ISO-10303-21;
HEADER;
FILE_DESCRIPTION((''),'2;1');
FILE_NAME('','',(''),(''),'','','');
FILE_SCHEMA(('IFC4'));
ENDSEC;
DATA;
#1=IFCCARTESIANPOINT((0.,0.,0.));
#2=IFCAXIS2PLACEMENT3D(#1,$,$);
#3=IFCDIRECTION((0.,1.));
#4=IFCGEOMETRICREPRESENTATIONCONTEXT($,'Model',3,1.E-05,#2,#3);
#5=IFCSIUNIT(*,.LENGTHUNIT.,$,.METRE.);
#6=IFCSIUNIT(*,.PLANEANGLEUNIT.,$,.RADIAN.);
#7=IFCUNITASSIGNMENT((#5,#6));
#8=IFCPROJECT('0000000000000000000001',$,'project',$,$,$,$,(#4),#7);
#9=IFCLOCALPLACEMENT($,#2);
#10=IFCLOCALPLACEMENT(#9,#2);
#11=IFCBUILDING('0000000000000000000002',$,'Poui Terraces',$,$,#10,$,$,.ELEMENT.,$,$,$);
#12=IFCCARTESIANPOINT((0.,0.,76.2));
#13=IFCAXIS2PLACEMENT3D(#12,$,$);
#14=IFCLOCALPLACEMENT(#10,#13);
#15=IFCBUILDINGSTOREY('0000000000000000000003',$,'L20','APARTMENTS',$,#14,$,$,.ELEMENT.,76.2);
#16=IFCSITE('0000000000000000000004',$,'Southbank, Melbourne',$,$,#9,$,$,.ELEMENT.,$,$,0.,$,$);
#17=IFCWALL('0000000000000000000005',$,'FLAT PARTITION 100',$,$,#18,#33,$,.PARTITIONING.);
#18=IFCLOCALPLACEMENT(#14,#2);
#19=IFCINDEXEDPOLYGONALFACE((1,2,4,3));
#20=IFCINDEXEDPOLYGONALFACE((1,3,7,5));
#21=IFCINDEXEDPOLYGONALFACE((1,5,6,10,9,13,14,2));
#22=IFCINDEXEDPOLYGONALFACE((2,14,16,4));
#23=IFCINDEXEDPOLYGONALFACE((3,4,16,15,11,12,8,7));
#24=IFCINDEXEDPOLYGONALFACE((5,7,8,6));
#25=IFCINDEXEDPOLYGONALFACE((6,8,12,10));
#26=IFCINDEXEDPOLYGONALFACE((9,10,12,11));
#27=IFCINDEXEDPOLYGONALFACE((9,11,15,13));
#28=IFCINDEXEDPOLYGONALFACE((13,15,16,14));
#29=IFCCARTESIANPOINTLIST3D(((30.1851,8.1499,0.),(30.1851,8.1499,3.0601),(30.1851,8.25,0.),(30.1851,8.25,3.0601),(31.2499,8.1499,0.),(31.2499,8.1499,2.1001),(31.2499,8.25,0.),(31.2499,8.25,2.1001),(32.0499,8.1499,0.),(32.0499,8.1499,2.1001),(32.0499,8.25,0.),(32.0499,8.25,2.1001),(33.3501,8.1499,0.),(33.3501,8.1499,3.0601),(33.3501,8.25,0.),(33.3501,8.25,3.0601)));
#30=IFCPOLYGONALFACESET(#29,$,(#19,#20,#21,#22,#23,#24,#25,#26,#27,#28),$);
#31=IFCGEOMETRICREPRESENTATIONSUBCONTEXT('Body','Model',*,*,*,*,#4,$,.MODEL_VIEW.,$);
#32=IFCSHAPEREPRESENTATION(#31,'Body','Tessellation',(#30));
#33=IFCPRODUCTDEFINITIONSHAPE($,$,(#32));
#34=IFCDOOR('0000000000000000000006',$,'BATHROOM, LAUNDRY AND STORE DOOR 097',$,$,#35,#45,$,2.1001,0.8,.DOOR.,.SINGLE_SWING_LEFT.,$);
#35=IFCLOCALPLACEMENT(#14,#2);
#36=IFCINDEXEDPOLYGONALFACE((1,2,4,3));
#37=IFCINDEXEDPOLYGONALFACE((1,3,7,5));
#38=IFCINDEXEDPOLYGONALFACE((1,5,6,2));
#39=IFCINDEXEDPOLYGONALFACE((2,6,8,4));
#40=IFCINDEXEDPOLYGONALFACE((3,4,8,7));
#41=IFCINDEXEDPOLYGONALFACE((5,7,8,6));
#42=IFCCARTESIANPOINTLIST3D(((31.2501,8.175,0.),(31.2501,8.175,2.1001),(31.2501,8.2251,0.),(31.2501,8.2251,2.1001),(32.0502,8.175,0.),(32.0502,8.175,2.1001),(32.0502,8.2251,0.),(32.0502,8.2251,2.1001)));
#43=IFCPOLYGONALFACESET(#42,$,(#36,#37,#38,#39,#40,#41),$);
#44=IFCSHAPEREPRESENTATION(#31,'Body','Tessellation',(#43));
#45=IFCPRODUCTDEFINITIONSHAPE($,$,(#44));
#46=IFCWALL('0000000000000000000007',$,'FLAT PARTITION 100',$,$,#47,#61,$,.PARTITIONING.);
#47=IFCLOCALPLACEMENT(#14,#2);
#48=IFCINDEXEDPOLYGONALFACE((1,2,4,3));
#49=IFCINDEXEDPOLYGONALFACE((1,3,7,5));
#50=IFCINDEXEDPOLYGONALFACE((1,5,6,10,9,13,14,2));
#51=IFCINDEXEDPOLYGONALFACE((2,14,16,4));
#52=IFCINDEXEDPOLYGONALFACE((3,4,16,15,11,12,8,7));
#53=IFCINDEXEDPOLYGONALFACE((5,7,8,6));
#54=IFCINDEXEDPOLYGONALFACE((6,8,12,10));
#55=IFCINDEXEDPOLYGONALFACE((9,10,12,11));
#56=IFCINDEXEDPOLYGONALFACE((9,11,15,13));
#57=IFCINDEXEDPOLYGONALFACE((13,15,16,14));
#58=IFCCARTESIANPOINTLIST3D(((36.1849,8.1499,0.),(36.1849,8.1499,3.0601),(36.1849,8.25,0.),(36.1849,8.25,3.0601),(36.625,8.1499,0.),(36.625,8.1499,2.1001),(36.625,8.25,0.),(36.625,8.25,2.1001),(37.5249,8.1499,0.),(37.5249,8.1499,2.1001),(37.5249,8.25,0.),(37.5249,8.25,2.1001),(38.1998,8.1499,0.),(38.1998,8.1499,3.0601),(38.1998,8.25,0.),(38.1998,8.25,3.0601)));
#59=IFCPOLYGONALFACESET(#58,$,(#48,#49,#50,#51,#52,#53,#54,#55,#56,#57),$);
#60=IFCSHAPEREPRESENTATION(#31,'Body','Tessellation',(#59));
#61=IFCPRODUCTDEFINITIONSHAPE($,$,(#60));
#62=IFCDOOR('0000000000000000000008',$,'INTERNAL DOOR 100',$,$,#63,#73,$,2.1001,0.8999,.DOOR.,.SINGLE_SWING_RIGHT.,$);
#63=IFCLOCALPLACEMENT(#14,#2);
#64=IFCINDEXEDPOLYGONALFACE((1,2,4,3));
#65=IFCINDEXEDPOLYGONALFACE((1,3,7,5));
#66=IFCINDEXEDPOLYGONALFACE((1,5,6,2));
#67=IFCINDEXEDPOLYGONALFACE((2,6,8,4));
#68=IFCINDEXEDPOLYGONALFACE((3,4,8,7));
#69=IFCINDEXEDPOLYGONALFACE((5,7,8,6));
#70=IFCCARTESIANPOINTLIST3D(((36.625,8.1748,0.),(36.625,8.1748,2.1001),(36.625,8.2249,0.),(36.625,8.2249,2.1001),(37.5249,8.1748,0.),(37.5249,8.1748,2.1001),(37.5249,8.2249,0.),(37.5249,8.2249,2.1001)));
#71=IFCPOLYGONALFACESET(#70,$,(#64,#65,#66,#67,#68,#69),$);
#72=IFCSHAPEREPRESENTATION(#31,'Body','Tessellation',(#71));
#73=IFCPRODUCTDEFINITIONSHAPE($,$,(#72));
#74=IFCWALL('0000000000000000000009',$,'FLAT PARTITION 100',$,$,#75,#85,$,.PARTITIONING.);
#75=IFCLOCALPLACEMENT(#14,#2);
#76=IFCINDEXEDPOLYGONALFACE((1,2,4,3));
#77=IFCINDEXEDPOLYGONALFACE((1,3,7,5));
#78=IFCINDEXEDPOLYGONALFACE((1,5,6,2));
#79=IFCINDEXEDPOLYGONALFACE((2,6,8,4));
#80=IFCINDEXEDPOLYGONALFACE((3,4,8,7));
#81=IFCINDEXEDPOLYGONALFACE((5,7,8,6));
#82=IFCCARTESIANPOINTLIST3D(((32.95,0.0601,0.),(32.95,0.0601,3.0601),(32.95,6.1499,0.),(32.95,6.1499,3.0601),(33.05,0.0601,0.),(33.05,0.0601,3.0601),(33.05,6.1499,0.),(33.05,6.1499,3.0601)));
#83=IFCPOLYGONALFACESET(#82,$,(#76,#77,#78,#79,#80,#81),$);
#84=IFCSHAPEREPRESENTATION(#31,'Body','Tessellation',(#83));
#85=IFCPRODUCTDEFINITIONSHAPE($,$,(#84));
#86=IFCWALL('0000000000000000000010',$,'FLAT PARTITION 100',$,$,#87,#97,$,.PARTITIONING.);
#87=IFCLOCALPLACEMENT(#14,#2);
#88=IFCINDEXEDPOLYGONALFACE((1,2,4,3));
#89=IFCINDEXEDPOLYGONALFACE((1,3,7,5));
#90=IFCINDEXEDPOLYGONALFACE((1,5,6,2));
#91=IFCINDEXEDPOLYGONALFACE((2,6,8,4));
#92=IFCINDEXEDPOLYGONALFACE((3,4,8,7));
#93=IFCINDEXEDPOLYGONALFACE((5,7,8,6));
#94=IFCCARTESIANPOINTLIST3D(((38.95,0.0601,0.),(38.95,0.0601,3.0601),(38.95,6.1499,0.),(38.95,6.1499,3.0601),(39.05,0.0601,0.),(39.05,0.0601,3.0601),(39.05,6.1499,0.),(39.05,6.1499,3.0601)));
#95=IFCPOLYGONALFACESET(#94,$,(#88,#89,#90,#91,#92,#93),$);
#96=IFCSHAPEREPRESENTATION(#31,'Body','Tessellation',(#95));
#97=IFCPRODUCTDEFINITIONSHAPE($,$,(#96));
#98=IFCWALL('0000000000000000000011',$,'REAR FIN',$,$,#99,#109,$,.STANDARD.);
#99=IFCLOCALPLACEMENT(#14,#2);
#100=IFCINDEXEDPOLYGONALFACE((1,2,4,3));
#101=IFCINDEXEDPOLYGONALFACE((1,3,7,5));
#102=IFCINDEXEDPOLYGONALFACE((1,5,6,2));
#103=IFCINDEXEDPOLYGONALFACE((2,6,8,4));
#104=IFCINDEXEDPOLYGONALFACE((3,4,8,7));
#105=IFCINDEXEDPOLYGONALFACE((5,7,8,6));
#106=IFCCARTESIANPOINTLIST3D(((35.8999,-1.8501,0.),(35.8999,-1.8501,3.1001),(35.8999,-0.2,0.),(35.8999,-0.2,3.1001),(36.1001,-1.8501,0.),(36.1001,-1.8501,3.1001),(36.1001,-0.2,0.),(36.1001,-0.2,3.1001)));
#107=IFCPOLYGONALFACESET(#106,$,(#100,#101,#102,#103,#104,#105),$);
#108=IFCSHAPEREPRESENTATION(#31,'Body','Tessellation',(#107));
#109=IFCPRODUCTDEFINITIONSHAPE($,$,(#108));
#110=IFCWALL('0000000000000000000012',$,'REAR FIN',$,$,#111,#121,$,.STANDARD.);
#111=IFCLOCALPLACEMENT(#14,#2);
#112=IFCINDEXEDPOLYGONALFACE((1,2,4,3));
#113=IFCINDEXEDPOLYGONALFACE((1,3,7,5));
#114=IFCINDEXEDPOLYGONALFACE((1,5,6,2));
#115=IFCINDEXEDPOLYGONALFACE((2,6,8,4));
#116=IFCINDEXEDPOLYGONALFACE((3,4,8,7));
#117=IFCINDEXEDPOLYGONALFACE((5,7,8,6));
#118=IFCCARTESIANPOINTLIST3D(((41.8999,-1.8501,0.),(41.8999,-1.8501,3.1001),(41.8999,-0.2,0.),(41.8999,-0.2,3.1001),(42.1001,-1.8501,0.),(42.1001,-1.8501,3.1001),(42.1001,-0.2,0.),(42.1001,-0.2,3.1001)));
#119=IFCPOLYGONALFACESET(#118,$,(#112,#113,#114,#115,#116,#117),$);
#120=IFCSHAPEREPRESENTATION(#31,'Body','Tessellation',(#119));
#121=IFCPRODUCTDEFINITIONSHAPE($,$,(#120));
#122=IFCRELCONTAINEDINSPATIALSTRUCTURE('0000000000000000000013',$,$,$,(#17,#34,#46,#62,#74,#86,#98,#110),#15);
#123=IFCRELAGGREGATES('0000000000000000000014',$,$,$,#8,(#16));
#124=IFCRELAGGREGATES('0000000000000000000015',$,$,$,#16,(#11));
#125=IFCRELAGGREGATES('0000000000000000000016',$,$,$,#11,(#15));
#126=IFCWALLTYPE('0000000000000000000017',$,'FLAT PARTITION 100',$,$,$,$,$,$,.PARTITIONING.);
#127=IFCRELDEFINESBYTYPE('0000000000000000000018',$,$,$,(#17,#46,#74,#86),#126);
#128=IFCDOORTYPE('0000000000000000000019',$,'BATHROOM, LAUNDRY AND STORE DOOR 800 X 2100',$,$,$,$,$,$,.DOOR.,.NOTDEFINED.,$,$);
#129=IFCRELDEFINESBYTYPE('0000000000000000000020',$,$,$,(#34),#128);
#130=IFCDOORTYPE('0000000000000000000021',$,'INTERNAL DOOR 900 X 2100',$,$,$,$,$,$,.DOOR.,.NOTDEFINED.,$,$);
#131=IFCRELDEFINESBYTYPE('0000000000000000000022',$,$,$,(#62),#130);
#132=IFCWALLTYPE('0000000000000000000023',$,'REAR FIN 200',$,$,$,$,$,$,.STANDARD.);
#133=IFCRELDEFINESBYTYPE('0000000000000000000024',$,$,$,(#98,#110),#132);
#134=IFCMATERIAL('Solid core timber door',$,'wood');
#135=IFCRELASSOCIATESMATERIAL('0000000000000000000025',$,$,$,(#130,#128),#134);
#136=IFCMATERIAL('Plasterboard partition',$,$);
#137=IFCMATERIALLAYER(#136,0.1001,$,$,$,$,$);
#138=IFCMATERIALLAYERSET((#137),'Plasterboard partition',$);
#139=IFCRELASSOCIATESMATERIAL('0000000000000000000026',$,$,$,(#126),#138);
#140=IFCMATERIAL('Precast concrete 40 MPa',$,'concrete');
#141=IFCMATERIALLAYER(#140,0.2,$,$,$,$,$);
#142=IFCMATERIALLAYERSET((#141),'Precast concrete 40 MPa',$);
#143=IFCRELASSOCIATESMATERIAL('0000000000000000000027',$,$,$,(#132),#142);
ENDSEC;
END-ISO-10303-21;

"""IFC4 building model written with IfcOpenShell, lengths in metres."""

from ifc_helpers import new_model, si_unit, direction, frame, frame_2d, origin, place, context, subcontext, project, spatial, polyline, rectangle, outline, extrude, source, transform, mapped, material, layer, layer_set, type_object, element, fill, save


model = new_model("IFC4")

# Units and contexts
model_context = context("Model", 3, precision=1e-05, world=origin(), true_north=direction((0.0, 1.0)))
body_context = subcontext(model_context, "Body", "Model", "MODEL_VIEW")
ifc_project = project(units=[si_unit("LENGTHUNIT", "METRE"), si_unit("PLANEANGLEUNIT", "RADIAN")], contexts=[model_context])

# Site, building, storey
site_placement = place(None, origin())
site = spatial("IfcSite", under=ifc_project, at=site_placement, Name="Southbank, Melbourne", CompositionType="ELEMENT", RefElevation=0.0)
building_placement = place(site_placement, origin())
building = spatial("IfcBuilding", under=site, at=building_placement, Name="Poui Terraces", CompositionType="ELEMENT")
storey_placement = place(building_placement, frame((0.0, 0.0, 76.2)))
storey = spatial("IfcBuildingStorey", under=building, at=storey_placement, Name="L20", Description="APARTMENTS", CompositionType="ELEMENT", Elevation=76.2)

# Shared definitions
ifc_material_1 = material(Name="Precast concrete 40 MPa", Category="concrete")

# Shared definitions
ifc_material_2 = material(Name="Solid core timber door", Category="wood")
door_type_1 = type_object("IfcDoorType", Name="INTERNAL DOOR 900 X 2100", OperationType="NOTDEFINED", PredefinedType="DOOR", material=ifc_material_2)

# Shared definitions
ifc_material_3 = material(Name="Plasterboard partition")
ifc_layer_1 = layer(ifc_material_3, 0.1001)
ifc_layer_set_1 = layer_set([ifc_layer_1], Name="Plasterboard partition")
wall_type_1 = type_object("IfcWallType", Name="FLAT PARTITION 100", PredefinedType="PARTITIONING", material=ifc_layer_set_1)

# Walls, openings, doors
wall_1_placement = place(storey_placement, frame((30.1851, 8.2, 0.0), z_axis=(0.0, 0.0, 1.0), x_axis=(1.0, 0.0, 0.0)))
wall_1 = element("IfcWall", 1, at=wall_1_placement, inside=storey, type_object=wall_type_1, Name="FLAT PARTITION 100", PredefinedType="PARTITIONING", context=body_context, shape_type="SweptSolid", body=[
    extrude(rectangle(XDim=3.165, YDim=0.1001, at=frame_2d((1.5825, 0.0))), origin(), (0.0, 0.0, 1.0), 3.0601),
])
opening_1_placement = place(wall_1_placement, frame((1.0649, 0.0, 0.0)))
opening_1 = element("IfcOpeningElement", 2, at=opening_1_placement, cuts=wall_1, PredefinedType="OPENING", context=body_context, shape_type="SweptSolid", body=[
    extrude(rectangle(XDim=0.8, YDim=2.1001, at=frame_2d((0.3999, 1.05))), frame((0.0, 0.0601, 0.0), z_axis=(0.0, -1.0, 0.0), x_axis=(1.0, 0.0, 0.0)), (0.0, 0.0, 1.0), 0.1201),
])
door_type_2 = type_object("IfcDoorType", Name="BATHROOM, LAUNDRY AND STORE DOOR 800 X 2100", OperationType="NOTDEFINED", PredefinedType="DOOR", material=ifc_material_2)
door_1_placement = place(opening_1_placement, frame((0.8, 0.0, 0.0), z_axis=(0.0, 0.0, 1.0), x_axis=(-1.0, 0.0, 0.0)))
door_1 = element("IfcDoor", 3, at=door_1_placement, inside=storey, type_object=door_type_2, Name="BATHROOM, LAUNDRY AND STORE DOOR 097", OperationType="SINGLE_SWING_LEFT", OverallHeight=2.1001, OverallWidth=0.8, PredefinedType="DOOR", context=body_context, shape_type="SweptSolid", body=[
    extrude(rectangle(XDim=0.8, YDim=2.1001, at=frame_2d((0.3999, 1.05))), frame((0.0, 0.0249, 0.0), z_axis=(0.0, -1.0, 0.0), x_axis=(1.0, 0.0, 0.0)), (0.0, 0.0, 1.0), 0.05),
])
fill(opening_1, door_1)
wall_2_placement = place(storey_placement, frame((36.1851, 8.2, 0.0), z_axis=(0.0, 0.0, 1.0), x_axis=(1.0, 0.0, 0.0)))
wall_2 = element("IfcWall", 4, at=wall_2_placement, inside=storey, type_object=wall_type_1, Name="FLAT PARTITION 100", PredefinedType="PARTITIONING", context=body_context, shape_type="SweptSolid", body=[
    extrude(rectangle(XDim=2.0149, YDim=0.1001, at=frame_2d((1.0073, 0.0))), origin(), (0.0, 0.0, 1.0), 3.0601),
])
opening_2_placement = place(wall_2_placement, frame((0.4399, 0.0, 0.0)))
opening_2 = element("IfcOpeningElement", 5, at=opening_2_placement, cuts=wall_2, PredefinedType="OPENING", context=body_context, shape_type="SweptSolid", body=[
    extrude(rectangle(XDim=0.8999, YDim=2.1001, at=frame_2d((0.45, 1.05))), frame((0.0, 0.0601, 0.0), z_axis=(0.0, -1.0, 0.0), x_axis=(1.0, 0.0, 0.0)), (0.0, 0.0, 1.0), 0.1201),
])
door_2_placement = place(opening_2_placement, origin())
door_2 = element("IfcDoor", 6, at=door_2_placement, inside=storey, type_object=door_type_1, Name="INTERNAL DOOR 100", OperationType="SINGLE_SWING_RIGHT", OverallHeight=2.1001, OverallWidth=0.8999, PredefinedType="DOOR", context=body_context, shape_type="SweptSolid", body=[
    extrude(rectangle(XDim=0.8999, YDim=2.1001, at=frame_2d((0.45, 1.05))), frame((0.0, 0.0249, 0.0), z_axis=(0.0, -1.0, 0.0), x_axis=(1.0, 0.0, 0.0)), (0.0, 0.0, 1.0), 0.05),
])
fill(opening_2, door_2)

# Walls
for number, where, z_axis, x_axis, name in (
    (7, (33.0, 0.0601, 0.0), (0.0, 0.0, 1.0), (0.0, 1.0, 0.0), "FLAT PARTITION 100"),
    (8, (39.0, 0.0601, 0.0), (0.0, 0.0, 1.0), (0.0, 1.0, 0.0), "FLAT PARTITION 100"),
):
    element("IfcWall", number, at=place(storey_placement, frame(where, z_axis=z_axis, x_axis=x_axis)), inside=storey, type_object=wall_type_1, Name=name, PredefinedType="PARTITIONING", context=body_context, shape_type="SweptSolid", body=[
        extrude(rectangle(XDim=6.0898, YDim=0.1001, at=frame_2d((3.0449, 0.0))), origin(), (0.0, 0.0, 1.0), 3.0601),
    ])
ifc_layer_2 = layer(ifc_material_1, 0.2)
ifc_layer_set_2 = layer_set([ifc_layer_2], Name="Precast concrete 40 MPa")
wall_type_2 = type_object("IfcWallType", Name="REAR FIN 200", PredefinedType="STANDARD", material=ifc_layer_set_2)
shared_shape_1 = source(origin(), body_context, "Body", "SweptSolid", [
    extrude(outline(polyline([(0.0, 0.0), (0.2002, 0.0), (0.2002, 1.6501), (0.0, 1.6501), (0.0, 0.0)])), origin(), (0.0, 0.0, 1.0), 3.1001),
])
for number, where, name in (
    (9, (35.8999, -1.8501, 0.0), "REAR FIN"),
    (10, (41.8999, -1.8501, 0.0), "REAR FIN"),
):
    element("IfcWall", number, at=place(storey_placement, frame(where)), inside=storey, type_object=wall_type_2, Name=name, PredefinedType="STANDARD", context=body_context, shape_type="MappedRepresentation", body=[
        mapped(shared_shape_1, transform((0.0, 0.0, 0.0))),
    ])

save(model, "model.ifc")
